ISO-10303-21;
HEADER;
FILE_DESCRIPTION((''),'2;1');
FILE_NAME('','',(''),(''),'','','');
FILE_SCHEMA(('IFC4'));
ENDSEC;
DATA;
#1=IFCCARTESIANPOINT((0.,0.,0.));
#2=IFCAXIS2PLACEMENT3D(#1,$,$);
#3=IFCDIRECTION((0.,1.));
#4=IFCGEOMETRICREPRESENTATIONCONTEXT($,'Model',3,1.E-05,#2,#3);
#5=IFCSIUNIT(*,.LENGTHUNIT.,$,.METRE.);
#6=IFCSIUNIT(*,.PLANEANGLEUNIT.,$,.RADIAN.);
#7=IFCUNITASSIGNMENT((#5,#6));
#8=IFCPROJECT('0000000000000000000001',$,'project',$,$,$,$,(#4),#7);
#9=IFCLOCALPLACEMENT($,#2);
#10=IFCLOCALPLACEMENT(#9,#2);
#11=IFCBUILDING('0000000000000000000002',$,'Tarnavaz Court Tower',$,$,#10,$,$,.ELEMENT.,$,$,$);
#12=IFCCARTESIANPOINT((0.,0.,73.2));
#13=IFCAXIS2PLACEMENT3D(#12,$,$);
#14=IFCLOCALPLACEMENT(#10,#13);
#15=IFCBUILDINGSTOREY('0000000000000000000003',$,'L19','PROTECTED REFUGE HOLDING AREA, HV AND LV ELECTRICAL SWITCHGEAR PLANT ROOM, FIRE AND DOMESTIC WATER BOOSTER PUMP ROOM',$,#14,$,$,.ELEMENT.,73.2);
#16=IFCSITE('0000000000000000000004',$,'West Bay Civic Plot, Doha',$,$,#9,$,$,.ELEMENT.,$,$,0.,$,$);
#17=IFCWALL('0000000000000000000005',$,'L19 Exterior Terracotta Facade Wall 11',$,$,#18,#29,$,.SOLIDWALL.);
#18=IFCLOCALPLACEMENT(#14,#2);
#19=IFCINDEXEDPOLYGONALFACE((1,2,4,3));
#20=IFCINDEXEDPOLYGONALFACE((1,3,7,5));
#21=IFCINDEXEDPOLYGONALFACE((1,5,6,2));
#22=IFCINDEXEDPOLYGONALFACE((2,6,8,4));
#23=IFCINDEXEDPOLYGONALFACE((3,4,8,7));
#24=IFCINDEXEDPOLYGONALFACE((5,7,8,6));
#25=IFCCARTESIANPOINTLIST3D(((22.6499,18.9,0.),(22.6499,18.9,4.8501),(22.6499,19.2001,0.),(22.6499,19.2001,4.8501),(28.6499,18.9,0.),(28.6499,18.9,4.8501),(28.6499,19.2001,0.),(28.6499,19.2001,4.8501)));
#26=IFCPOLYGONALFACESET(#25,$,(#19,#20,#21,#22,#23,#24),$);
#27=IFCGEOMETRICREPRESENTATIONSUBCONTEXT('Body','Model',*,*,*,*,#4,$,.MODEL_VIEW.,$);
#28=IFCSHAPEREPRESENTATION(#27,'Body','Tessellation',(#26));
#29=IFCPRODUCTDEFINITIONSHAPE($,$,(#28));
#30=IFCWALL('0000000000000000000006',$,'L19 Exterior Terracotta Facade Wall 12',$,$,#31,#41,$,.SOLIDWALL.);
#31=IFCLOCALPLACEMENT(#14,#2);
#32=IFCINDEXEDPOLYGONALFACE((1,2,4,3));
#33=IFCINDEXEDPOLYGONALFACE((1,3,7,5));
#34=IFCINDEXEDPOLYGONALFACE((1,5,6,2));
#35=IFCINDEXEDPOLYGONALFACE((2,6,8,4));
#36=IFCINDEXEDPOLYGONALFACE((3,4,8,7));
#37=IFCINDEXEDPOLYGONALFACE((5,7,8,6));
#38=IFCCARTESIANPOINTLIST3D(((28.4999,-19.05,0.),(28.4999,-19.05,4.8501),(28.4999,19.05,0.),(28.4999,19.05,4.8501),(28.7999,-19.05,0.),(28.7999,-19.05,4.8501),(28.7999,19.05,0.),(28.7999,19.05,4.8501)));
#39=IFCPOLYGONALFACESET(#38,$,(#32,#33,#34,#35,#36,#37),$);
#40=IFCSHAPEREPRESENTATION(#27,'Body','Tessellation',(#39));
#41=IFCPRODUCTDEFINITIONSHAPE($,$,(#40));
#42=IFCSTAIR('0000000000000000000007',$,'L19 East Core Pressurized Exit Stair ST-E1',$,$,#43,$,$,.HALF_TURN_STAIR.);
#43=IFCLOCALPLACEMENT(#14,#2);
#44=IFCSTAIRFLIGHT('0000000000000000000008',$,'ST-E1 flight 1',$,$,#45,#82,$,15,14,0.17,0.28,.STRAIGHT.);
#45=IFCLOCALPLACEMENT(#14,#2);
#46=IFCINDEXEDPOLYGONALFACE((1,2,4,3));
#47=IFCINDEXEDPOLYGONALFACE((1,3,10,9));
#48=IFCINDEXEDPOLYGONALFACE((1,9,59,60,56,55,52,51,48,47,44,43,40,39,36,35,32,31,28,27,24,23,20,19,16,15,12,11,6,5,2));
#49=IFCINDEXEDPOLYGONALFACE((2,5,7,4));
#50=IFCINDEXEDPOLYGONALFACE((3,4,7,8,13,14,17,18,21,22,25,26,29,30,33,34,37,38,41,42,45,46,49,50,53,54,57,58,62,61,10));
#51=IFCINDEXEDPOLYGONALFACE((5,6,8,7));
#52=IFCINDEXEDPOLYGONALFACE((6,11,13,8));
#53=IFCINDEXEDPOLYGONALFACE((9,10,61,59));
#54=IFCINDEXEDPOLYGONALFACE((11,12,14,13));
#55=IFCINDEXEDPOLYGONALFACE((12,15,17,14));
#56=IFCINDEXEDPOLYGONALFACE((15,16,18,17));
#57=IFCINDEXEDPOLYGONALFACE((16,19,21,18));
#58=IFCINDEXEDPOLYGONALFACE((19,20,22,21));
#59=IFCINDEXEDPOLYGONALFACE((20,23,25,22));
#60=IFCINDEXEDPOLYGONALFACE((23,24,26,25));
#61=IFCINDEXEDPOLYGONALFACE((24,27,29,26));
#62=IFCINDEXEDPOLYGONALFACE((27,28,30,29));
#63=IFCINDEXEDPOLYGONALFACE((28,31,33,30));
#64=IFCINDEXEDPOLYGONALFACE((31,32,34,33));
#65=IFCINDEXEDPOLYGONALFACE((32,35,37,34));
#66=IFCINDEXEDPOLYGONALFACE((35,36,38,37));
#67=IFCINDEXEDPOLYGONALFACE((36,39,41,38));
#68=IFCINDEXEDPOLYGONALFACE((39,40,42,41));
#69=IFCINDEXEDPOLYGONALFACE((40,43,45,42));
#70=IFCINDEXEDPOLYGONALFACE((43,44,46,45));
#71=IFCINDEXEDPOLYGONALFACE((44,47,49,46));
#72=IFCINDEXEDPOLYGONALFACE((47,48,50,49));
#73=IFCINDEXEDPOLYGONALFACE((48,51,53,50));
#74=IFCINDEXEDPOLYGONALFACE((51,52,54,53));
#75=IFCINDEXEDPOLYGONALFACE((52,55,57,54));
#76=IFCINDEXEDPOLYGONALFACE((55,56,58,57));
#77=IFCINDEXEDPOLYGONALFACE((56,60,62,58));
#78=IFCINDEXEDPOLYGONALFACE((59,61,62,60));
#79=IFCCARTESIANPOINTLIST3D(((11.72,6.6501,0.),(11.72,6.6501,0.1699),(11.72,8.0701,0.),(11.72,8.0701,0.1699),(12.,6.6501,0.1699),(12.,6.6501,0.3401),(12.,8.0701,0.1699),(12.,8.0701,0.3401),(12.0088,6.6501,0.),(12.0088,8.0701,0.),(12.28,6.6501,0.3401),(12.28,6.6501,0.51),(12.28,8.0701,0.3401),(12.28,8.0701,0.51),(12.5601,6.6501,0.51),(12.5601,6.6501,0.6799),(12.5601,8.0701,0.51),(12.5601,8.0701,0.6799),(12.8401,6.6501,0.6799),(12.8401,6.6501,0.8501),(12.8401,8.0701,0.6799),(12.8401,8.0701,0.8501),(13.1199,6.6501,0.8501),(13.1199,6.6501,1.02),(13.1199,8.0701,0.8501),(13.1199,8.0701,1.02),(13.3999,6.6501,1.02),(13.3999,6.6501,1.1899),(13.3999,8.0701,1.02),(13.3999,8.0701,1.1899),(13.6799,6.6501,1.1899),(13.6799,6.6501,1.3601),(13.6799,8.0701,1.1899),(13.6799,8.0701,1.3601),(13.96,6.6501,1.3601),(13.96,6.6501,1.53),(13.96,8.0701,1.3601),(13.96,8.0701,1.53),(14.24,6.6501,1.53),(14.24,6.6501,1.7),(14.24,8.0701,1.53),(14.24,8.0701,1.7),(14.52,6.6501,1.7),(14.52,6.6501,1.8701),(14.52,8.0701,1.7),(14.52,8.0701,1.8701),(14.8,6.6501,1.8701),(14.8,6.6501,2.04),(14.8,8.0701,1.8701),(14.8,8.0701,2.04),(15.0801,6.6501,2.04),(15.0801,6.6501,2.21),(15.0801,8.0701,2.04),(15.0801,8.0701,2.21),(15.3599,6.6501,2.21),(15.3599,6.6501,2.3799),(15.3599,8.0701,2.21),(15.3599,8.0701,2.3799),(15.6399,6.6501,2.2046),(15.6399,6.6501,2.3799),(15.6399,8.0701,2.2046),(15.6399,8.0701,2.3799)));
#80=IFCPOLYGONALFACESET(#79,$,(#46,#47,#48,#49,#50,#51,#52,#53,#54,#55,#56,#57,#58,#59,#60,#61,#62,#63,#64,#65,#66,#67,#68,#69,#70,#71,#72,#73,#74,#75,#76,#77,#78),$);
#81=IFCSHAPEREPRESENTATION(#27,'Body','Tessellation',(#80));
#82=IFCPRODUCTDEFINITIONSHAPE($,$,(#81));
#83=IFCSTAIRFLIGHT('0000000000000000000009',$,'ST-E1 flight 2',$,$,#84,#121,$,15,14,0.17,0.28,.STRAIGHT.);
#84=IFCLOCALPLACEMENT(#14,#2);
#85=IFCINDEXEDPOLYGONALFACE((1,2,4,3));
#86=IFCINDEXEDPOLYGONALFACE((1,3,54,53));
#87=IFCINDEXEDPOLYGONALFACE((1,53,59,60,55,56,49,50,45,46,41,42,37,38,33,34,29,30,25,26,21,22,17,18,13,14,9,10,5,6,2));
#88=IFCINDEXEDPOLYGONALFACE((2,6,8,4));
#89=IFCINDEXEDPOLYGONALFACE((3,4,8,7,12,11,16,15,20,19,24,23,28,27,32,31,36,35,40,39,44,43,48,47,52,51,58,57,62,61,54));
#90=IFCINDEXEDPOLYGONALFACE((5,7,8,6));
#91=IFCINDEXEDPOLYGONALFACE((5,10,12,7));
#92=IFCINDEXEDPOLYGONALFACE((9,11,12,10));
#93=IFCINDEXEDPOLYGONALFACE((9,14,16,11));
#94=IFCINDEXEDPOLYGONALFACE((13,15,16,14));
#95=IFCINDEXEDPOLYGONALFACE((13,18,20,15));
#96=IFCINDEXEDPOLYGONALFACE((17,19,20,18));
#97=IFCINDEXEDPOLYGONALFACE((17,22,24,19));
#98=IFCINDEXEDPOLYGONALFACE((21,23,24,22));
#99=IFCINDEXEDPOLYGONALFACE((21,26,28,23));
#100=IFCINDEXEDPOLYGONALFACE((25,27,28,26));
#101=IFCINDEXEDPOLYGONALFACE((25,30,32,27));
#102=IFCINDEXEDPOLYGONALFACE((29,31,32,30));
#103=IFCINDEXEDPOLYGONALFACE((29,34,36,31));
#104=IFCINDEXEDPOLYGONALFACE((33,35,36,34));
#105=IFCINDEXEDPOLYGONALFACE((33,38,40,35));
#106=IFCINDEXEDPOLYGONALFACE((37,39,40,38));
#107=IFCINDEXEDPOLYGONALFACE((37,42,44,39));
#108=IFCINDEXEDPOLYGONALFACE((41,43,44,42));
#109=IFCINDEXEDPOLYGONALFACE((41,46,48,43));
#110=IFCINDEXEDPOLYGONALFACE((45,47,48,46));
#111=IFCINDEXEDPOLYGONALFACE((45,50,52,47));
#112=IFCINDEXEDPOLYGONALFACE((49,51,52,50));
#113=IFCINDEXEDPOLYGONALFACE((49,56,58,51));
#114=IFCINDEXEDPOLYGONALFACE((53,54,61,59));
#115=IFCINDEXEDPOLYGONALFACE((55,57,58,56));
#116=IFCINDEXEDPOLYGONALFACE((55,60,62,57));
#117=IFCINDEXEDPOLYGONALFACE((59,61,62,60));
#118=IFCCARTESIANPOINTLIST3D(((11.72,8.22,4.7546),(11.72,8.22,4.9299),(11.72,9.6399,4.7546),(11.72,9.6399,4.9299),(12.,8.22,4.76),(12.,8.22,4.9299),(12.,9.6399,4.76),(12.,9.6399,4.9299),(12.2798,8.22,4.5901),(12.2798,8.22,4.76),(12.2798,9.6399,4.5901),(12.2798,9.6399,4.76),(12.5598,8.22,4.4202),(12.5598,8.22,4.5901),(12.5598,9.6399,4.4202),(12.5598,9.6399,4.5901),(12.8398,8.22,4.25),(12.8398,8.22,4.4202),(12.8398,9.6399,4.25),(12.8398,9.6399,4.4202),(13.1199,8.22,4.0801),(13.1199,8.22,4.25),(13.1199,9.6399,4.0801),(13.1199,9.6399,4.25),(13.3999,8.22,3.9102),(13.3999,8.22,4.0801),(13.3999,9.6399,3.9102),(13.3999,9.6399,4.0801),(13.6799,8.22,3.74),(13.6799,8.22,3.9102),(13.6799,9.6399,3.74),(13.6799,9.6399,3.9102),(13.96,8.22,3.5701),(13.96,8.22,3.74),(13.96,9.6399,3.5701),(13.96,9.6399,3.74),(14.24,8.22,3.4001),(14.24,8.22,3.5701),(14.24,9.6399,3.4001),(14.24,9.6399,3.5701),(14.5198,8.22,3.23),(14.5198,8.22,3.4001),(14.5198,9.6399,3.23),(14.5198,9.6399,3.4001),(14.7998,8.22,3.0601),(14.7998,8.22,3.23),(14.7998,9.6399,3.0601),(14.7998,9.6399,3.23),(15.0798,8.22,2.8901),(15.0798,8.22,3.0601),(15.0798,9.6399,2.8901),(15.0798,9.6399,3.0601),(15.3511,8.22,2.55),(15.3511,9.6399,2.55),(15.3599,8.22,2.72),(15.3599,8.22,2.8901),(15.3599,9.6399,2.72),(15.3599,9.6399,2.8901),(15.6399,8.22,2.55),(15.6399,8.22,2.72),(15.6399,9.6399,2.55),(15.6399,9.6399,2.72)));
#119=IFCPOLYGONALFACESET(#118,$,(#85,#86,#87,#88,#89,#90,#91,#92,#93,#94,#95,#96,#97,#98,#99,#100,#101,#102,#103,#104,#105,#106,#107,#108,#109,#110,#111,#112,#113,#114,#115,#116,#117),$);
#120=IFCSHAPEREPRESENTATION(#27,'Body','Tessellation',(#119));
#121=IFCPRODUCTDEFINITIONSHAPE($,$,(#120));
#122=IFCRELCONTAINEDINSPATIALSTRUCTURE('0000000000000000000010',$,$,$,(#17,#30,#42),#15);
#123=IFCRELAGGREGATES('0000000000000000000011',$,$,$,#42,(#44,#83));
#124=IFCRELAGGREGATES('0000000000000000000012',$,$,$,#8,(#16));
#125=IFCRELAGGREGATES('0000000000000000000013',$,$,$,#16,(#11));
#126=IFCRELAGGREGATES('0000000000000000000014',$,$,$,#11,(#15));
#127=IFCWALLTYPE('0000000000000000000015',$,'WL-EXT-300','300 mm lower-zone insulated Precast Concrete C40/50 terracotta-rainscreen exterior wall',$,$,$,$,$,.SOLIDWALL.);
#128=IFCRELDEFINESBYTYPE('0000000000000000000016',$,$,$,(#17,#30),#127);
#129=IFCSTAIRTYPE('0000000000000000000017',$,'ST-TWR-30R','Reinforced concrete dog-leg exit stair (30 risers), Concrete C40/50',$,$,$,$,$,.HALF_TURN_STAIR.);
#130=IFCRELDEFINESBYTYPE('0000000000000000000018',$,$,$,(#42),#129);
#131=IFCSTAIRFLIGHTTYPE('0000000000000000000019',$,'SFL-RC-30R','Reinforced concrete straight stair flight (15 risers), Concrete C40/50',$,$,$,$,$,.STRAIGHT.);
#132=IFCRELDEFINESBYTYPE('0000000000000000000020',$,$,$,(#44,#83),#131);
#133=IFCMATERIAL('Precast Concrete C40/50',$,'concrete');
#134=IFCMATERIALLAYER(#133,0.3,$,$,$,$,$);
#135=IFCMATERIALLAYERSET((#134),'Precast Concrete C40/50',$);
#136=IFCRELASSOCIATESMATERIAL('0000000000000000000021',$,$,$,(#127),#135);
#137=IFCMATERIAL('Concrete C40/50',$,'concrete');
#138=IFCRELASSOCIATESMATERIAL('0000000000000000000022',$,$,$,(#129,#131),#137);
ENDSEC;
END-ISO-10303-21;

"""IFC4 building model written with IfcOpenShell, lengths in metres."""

from ifc_helpers import new_model, si_unit, direction, frame, frame_2d, origin, place, context, subcontext, project, spatial, polyline, rectangle, outline, extrude, material, layer, layer_set, type_object, element, aggregate, save


model = new_model("IFC4")

# Units and contexts
model_context = context("Model", 3, precision=1e-05, world=origin(), true_north=direction((0.0, 1.0)))
body_context = subcontext(model_context, "Body", "Model", "MODEL_VIEW")
ifc_project = project(units=[si_unit("LENGTHUNIT", "METRE"), si_unit("PLANEANGLEUNIT", "RADIAN")], contexts=[model_context])

# Site, building, storey
site_placement = place(None, origin())
site = spatial("IfcSite", under=ifc_project, at=site_placement, Name="West Bay Civic Plot, Doha", CompositionType="ELEMENT", RefElevation=0.0)
building_placement = place(site_placement, origin())
building = spatial("IfcBuilding", under=site, at=building_placement, Name="Tarnavaz Court Tower", CompositionType="ELEMENT")
storey_placement = place(building_placement, frame((0.0, 0.0, 73.2)))
storey = spatial("IfcBuildingStorey", under=building, at=storey_placement, Name="L19", Description="PROTECTED REFUGE HOLDING AREA, HV AND LV ELECTRICAL SWITCHGEAR PLANT ROOM, FIRE AND DOMESTIC WATER BOOSTER PUMP ROOM", CompositionType="ELEMENT", Elevation=73.2)

# Walls
ifc_material_1 = material(Name="Precast Concrete C40/50", Category="concrete")
ifc_layer_1 = layer(ifc_material_1, 0.3)
ifc_layer_set_1 = layer_set([ifc_layer_1], Name="Precast Concrete C40/50")
wall_type = type_object("IfcWallType", Name="WL-EXT-300", Description="300 mm lower-zone insulated Precast Concrete C40/50 terracotta-rainscreen exterior wall", PredefinedType="SOLIDWALL", material=ifc_layer_set_1)
wall_1_placement = place(storey_placement, frame((22.6499, 19.05, 0.0), z_axis=(0.0, 0.0, 1.0), x_axis=(1.0, 0.0, 0.0)))
element("IfcWall", 1, at=wall_1_placement, inside=storey, type_object=wall_type, Name="L19 Exterior Terracotta Facade Wall 11", PredefinedType="SOLIDWALL", context=body_context, shape_type="SweptSolid", body=[
    extrude(rectangle(XDim=6.0, YDim=0.3, at=frame_2d((3.0, 0.0))), origin(), (0.0, 0.0, 1.0), 4.8501),
])
wall_2_placement = place(storey_placement, frame((28.6499, 19.05, 0.0), z_axis=(0.0, 0.0, 1.0), x_axis=(0.0, -1.0, 0.0)))
element("IfcWall", 2, at=wall_2_placement, inside=storey, type_object=wall_type, Name="L19 Exterior Terracotta Facade Wall 12", PredefinedType="SOLIDWALL", context=body_context, shape_type="SweptSolid", body=[
    extrude(rectangle(XDim=38.1001, YDim=0.3, at=frame_2d((19.05, 0.0))), origin(), (0.0, 0.0, 1.0), 4.8501),
])

# Stair, stair flights
ifc_material_2 = material(Name="Concrete C40/50", Category="concrete")
stair_type = type_object("IfcStairType", Name="ST-TWR-30R", Description="Reinforced concrete dog-leg exit stair (30 risers), Concrete C40/50", PredefinedType="HALF_TURN_STAIR", material=ifc_material_2)
stair_placement = place(storey_placement, origin())
stair = element("IfcStair", 3, at=stair_placement, inside=storey, type_object=stair_type, Name="L19 East Core Pressurized Exit Stair ST-E1", PredefinedType="HALF_TURN_STAIR")
stair_flight_type = type_object("IfcStairFlightType", Name="SFL-RC-30R", Description="Reinforced concrete straight stair flight (15 risers), Concrete C40/50", PredefinedType="STRAIGHT", material=ifc_material_2)
stair_flight_1_placement = place(storey_placement, frame((11.72, 7.3601, 0.0), z_axis=(0.0, 0.0, 1.0), x_axis=(1.0, 0.0, 0.0)))
stair_flight_1 = element("IfcStairFlight", 4, at=stair_flight_1_placement, type_object=stair_flight_type, Name="ST-E1 flight 1", NumberOfRisers=15, NumberOfTreads=14, PredefinedType="STRAIGHT", RiserHeight=0.17, TreadLength=0.28, context=body_context, shape_type="SweptSolid", body=[
    extrude(outline(polyline([(0.0, 0.0), (0.0, 0.1699), (0.28, 0.1699), (0.28, 0.3401), (0.5601, 0.3401), (0.5601, 0.51), (0.8401, 0.51), (0.8401, 0.6799), (1.1201, 0.6799), (1.1201, 0.8501), (1.3999, 0.8501), (1.3999, 1.02), (1.6799, 1.02), (1.6799, 1.1899), (1.96, 1.1899), (1.96, 1.3601), (2.24, 1.3601), (2.24, 1.53), (2.52, 1.53), (2.52, 1.7), (2.8, 1.7), (2.8, 1.8701), (3.0801, 1.8701), (3.0801, 2.04), (3.3601, 2.04), (3.3601, 2.21), (3.6399, 2.21), (3.6399, 2.3799), (3.9199, 2.3799), (3.9199, 2.55), (3.9199, 2.2046), (0.2888, 0.0), (0.0, 0.0)])), frame((0.0, 0.71, 0.0), z_axis=(0.0, -1.0, 0.0), x_axis=(1.0, 0.0, 0.0)), (0.0, 0.0, 1.0), 1.4199),
])
stair_flight_2_placement = place(storey_placement, frame((15.6399, 8.9299, 2.55), z_axis=(0.0, 0.0, 1.0), x_axis=(-1.0, 0.0, 0.0)))
stair_flight_2 = element("IfcStairFlight", 5, at=stair_flight_2_placement, type_object=stair_flight_type, Name="ST-E1 flight 2", NumberOfRisers=15, NumberOfTreads=14, PredefinedType="STRAIGHT", RiserHeight=0.17, TreadLength=0.28, context=body_context, shape_type="SweptSolid", body=[
    extrude(outline(polyline([(0.0, 0.0), (0.0, 0.1699), (0.28, 0.1699), (0.28, 0.3401), (0.5601, 0.3401), (0.5601, 0.51), (0.8401, 0.51), (0.8401, 0.6799), (1.1201, 0.6799), (1.1201, 0.8501), (1.3999, 0.8501), (1.3999, 1.02), (1.6799, 1.02), (1.6799, 1.1899), (1.96, 1.1899), (1.96, 1.3601), (2.24, 1.3601), (2.24, 1.53), (2.52, 1.53), (2.52, 1.7), (2.8, 1.7), (2.8, 1.8701), (3.0801, 1.8701), (3.0801, 2.04), (3.3601, 2.04), (3.3601, 2.21), (3.6399, 2.21), (3.6399, 2.3799), (3.9199, 2.3799), (3.9199, 2.55), (3.9199, 2.2046), (0.2888, 0.0), (0.0, 0.0)])), frame((0.0, 0.71, 0.0), z_axis=(0.0, -1.0, 0.0), x_axis=(1.0, 0.0, 0.0)), (0.0, 0.0, 1.0), 1.4199),
])
aggregate(stair, [stair_flight_1, stair_flight_2])

save(model, "model.ifc")
